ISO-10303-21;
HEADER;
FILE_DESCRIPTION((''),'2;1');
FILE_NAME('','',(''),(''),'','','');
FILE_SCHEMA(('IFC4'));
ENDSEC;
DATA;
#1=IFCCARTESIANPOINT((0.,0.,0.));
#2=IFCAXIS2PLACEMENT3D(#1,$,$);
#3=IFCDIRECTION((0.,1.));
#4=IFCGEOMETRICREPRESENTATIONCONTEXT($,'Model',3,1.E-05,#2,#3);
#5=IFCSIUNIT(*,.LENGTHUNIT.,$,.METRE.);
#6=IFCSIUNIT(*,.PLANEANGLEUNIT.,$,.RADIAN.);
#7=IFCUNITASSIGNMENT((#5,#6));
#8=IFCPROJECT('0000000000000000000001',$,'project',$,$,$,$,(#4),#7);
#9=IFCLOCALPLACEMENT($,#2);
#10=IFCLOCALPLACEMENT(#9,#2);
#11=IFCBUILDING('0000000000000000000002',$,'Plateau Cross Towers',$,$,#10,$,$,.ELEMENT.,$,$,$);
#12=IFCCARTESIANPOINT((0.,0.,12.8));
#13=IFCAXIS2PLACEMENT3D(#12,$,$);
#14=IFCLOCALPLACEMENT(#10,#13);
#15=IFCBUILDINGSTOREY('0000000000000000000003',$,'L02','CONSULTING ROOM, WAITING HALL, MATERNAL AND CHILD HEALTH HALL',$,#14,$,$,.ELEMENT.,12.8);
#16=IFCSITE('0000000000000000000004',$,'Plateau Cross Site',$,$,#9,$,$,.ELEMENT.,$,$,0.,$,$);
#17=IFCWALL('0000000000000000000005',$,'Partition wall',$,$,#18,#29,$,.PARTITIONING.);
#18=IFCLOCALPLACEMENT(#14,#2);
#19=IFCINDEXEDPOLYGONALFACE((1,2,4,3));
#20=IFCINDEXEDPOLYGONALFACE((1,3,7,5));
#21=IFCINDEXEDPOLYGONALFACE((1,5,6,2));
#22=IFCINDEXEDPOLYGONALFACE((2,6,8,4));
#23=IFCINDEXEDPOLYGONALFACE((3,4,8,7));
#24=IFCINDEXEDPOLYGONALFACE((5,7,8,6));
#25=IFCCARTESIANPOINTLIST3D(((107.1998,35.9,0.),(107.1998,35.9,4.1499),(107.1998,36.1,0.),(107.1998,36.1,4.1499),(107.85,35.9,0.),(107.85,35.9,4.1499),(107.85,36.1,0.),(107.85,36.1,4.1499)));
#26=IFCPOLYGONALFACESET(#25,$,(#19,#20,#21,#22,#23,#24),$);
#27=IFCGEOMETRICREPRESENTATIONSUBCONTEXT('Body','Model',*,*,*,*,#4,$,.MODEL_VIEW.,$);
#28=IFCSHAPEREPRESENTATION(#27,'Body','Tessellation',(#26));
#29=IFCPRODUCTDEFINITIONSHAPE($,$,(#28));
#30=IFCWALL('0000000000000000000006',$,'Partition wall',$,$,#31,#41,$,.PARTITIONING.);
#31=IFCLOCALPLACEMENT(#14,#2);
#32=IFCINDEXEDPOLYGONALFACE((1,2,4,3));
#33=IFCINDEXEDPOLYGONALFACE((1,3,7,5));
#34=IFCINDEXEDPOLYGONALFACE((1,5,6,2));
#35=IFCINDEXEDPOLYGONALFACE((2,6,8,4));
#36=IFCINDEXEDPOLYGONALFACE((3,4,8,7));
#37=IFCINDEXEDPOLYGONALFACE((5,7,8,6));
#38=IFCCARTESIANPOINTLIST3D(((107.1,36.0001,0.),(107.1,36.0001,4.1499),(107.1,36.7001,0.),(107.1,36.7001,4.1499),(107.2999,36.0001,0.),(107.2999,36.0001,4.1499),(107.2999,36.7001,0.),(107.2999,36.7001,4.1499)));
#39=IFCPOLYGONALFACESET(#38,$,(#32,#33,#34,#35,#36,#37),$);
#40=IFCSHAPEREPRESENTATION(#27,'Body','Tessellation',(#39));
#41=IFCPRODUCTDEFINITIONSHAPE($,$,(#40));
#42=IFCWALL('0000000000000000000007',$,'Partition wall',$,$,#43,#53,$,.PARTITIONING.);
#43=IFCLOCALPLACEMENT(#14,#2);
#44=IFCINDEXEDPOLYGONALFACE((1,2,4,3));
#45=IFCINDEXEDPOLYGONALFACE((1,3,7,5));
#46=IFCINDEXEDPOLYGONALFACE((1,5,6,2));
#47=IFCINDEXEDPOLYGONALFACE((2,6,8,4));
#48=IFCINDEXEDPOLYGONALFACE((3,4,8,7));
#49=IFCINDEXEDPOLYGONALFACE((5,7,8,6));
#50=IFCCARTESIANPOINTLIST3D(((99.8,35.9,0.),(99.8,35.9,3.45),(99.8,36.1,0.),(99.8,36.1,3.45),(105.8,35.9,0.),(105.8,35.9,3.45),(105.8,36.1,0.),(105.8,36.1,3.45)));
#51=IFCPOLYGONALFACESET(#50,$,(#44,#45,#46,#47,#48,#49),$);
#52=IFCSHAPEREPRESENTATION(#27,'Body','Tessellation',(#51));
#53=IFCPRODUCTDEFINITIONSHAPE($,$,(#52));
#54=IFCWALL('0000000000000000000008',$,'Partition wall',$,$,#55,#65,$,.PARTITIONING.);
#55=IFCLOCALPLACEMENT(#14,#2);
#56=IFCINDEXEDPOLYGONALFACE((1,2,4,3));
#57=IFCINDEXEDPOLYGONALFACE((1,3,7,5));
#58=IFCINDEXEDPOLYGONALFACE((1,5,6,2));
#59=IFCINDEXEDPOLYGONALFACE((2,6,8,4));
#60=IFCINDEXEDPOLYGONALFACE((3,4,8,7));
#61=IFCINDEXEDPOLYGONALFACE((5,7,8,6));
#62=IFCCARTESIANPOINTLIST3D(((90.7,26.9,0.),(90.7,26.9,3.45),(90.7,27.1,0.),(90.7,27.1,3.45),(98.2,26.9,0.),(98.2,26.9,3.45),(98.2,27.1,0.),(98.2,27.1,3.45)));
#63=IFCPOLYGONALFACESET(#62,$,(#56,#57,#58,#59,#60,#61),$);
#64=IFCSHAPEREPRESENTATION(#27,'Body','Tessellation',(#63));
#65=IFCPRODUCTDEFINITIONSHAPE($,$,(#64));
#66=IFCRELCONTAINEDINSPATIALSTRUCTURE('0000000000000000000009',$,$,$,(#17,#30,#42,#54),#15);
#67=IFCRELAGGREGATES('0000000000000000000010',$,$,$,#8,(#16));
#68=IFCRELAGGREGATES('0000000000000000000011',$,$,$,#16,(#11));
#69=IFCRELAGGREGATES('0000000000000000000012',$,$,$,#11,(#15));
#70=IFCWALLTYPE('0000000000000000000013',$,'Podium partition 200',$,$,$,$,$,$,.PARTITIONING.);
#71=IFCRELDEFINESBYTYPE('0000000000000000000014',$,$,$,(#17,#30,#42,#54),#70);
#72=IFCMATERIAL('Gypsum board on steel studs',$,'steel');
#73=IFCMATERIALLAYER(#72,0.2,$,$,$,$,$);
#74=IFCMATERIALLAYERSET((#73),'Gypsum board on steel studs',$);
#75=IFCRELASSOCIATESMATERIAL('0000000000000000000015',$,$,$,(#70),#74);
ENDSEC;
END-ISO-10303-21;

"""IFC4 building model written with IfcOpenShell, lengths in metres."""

from ifc_helpers import new_model, si_unit, direction, frame, frame_2d, origin, place, context, subcontext, project, spatial, rectangle, extrude, material, layer, layer_set, type_object, element, save


model = new_model("IFC4")

# Units and contexts
model_context = context("Model", 3, precision=1e-05, world=origin(), true_north=direction((0.0, 1.0)))
body_context = subcontext(model_context, "Body", "Model", "MODEL_VIEW")
ifc_project = project(units=[si_unit("LENGTHUNIT", "METRE"), si_unit("PLANEANGLEUNIT", "RADIAN")], contexts=[model_context])

# Site, building, storey
site_placement = place(None, origin())
site = spatial("IfcSite", under=ifc_project, at=site_placement, Name="Plateau Cross Site", CompositionType="ELEMENT", RefElevation=0.0)
building_placement = place(site_placement, origin())
building = spatial("IfcBuilding", under=site, at=building_placement, Name="Plateau Cross Towers", CompositionType="ELEMENT")
storey_placement = place(building_placement, frame((0.0, 0.0, 12.8)))
storey = spatial("IfcBuildingStorey", under=building, at=storey_placement, Name="L02", Description="CONSULTING ROOM, WAITING HALL, MATERNAL AND CHILD HEALTH HALL", CompositionType="ELEMENT", Elevation=12.8)

# Shared definitions
ifc_material_1 = material(Name="Gypsum board on steel studs", Category="steel")
ifc_layer_1 = layer(ifc_material_1, 0.2)
ifc_layer_set_1 = layer_set([ifc_layer_1], Name="Gypsum board on steel studs")
wall_type = type_object("IfcWallType", Name="Podium partition 200", PredefinedType="PARTITIONING", material=ifc_layer_set_1)

# Walls
wall_1_placement = place(storey_placement, frame((107.8501, 36.0, 0.0), z_axis=(0.0, 0.0, 1.0), x_axis=(-1.0, 0.0, 0.0)))
element("IfcWall", 1, at=wall_1_placement, inside=storey, type_object=wall_type, Name="Partition wall", PredefinedType="PARTITIONING", context=body_context, shape_type="SweptSolid", body=[
    extrude(rectangle(XDim=0.6501, YDim=0.2, at=frame_2d((0.3252, 0.0))), origin(), (0.0, 0.0, 1.0), 4.1499),
])
wall_2_placement = place(storey_placement, frame((107.2, 36.0, 0.0), z_axis=(0.0, 0.0, 1.0), x_axis=(0.0, 1.0, 0.0)))
element("IfcWall", 2, at=wall_2_placement, inside=storey, type_object=wall_type, Name="Partition wall", PredefinedType="PARTITIONING", context=body_context, shape_type="SweptSolid", body=[
    extrude(rectangle(XDim=0.7, YDim=0.2, at=frame_2d((0.3501, 0.0))), origin(), (0.0, 0.0, 1.0), 4.1499),
])
wall_3_placement = place(storey_placement, frame((105.8, 36.0, 0.0), z_axis=(0.0, 0.0, 1.0), x_axis=(-1.0, 0.0, 0.0)))
element("IfcWall", 3, at=wall_3_placement, inside=storey, type_object=wall_type, Name="Partition wall", PredefinedType="PARTITIONING", context=body_context, shape_type="SweptSolid", body=[
    extrude(rectangle(XDim=6.0, YDim=0.2, at=frame_2d((3.0, 0.0))), origin(), (0.0, 0.0, 1.0), 3.45),
])
wall_4_placement = place(storey_placement, frame((90.7, 27.0, 0.0), z_axis=(0.0, 0.0, 1.0), x_axis=(1.0, 0.0, 0.0)))
element("IfcWall", 4, at=wall_4_placement, inside=storey, type_object=wall_type, Name="Partition wall", PredefinedType="PARTITIONING", context=body_context, shape_type="SweptSolid", body=[
    extrude(rectangle(XDim=7.5, YDim=0.2, at=frame_2d((3.75, 0.0))), origin(), (0.0, 0.0, 1.0), 3.45),
])

save(model, "model.ifc")
